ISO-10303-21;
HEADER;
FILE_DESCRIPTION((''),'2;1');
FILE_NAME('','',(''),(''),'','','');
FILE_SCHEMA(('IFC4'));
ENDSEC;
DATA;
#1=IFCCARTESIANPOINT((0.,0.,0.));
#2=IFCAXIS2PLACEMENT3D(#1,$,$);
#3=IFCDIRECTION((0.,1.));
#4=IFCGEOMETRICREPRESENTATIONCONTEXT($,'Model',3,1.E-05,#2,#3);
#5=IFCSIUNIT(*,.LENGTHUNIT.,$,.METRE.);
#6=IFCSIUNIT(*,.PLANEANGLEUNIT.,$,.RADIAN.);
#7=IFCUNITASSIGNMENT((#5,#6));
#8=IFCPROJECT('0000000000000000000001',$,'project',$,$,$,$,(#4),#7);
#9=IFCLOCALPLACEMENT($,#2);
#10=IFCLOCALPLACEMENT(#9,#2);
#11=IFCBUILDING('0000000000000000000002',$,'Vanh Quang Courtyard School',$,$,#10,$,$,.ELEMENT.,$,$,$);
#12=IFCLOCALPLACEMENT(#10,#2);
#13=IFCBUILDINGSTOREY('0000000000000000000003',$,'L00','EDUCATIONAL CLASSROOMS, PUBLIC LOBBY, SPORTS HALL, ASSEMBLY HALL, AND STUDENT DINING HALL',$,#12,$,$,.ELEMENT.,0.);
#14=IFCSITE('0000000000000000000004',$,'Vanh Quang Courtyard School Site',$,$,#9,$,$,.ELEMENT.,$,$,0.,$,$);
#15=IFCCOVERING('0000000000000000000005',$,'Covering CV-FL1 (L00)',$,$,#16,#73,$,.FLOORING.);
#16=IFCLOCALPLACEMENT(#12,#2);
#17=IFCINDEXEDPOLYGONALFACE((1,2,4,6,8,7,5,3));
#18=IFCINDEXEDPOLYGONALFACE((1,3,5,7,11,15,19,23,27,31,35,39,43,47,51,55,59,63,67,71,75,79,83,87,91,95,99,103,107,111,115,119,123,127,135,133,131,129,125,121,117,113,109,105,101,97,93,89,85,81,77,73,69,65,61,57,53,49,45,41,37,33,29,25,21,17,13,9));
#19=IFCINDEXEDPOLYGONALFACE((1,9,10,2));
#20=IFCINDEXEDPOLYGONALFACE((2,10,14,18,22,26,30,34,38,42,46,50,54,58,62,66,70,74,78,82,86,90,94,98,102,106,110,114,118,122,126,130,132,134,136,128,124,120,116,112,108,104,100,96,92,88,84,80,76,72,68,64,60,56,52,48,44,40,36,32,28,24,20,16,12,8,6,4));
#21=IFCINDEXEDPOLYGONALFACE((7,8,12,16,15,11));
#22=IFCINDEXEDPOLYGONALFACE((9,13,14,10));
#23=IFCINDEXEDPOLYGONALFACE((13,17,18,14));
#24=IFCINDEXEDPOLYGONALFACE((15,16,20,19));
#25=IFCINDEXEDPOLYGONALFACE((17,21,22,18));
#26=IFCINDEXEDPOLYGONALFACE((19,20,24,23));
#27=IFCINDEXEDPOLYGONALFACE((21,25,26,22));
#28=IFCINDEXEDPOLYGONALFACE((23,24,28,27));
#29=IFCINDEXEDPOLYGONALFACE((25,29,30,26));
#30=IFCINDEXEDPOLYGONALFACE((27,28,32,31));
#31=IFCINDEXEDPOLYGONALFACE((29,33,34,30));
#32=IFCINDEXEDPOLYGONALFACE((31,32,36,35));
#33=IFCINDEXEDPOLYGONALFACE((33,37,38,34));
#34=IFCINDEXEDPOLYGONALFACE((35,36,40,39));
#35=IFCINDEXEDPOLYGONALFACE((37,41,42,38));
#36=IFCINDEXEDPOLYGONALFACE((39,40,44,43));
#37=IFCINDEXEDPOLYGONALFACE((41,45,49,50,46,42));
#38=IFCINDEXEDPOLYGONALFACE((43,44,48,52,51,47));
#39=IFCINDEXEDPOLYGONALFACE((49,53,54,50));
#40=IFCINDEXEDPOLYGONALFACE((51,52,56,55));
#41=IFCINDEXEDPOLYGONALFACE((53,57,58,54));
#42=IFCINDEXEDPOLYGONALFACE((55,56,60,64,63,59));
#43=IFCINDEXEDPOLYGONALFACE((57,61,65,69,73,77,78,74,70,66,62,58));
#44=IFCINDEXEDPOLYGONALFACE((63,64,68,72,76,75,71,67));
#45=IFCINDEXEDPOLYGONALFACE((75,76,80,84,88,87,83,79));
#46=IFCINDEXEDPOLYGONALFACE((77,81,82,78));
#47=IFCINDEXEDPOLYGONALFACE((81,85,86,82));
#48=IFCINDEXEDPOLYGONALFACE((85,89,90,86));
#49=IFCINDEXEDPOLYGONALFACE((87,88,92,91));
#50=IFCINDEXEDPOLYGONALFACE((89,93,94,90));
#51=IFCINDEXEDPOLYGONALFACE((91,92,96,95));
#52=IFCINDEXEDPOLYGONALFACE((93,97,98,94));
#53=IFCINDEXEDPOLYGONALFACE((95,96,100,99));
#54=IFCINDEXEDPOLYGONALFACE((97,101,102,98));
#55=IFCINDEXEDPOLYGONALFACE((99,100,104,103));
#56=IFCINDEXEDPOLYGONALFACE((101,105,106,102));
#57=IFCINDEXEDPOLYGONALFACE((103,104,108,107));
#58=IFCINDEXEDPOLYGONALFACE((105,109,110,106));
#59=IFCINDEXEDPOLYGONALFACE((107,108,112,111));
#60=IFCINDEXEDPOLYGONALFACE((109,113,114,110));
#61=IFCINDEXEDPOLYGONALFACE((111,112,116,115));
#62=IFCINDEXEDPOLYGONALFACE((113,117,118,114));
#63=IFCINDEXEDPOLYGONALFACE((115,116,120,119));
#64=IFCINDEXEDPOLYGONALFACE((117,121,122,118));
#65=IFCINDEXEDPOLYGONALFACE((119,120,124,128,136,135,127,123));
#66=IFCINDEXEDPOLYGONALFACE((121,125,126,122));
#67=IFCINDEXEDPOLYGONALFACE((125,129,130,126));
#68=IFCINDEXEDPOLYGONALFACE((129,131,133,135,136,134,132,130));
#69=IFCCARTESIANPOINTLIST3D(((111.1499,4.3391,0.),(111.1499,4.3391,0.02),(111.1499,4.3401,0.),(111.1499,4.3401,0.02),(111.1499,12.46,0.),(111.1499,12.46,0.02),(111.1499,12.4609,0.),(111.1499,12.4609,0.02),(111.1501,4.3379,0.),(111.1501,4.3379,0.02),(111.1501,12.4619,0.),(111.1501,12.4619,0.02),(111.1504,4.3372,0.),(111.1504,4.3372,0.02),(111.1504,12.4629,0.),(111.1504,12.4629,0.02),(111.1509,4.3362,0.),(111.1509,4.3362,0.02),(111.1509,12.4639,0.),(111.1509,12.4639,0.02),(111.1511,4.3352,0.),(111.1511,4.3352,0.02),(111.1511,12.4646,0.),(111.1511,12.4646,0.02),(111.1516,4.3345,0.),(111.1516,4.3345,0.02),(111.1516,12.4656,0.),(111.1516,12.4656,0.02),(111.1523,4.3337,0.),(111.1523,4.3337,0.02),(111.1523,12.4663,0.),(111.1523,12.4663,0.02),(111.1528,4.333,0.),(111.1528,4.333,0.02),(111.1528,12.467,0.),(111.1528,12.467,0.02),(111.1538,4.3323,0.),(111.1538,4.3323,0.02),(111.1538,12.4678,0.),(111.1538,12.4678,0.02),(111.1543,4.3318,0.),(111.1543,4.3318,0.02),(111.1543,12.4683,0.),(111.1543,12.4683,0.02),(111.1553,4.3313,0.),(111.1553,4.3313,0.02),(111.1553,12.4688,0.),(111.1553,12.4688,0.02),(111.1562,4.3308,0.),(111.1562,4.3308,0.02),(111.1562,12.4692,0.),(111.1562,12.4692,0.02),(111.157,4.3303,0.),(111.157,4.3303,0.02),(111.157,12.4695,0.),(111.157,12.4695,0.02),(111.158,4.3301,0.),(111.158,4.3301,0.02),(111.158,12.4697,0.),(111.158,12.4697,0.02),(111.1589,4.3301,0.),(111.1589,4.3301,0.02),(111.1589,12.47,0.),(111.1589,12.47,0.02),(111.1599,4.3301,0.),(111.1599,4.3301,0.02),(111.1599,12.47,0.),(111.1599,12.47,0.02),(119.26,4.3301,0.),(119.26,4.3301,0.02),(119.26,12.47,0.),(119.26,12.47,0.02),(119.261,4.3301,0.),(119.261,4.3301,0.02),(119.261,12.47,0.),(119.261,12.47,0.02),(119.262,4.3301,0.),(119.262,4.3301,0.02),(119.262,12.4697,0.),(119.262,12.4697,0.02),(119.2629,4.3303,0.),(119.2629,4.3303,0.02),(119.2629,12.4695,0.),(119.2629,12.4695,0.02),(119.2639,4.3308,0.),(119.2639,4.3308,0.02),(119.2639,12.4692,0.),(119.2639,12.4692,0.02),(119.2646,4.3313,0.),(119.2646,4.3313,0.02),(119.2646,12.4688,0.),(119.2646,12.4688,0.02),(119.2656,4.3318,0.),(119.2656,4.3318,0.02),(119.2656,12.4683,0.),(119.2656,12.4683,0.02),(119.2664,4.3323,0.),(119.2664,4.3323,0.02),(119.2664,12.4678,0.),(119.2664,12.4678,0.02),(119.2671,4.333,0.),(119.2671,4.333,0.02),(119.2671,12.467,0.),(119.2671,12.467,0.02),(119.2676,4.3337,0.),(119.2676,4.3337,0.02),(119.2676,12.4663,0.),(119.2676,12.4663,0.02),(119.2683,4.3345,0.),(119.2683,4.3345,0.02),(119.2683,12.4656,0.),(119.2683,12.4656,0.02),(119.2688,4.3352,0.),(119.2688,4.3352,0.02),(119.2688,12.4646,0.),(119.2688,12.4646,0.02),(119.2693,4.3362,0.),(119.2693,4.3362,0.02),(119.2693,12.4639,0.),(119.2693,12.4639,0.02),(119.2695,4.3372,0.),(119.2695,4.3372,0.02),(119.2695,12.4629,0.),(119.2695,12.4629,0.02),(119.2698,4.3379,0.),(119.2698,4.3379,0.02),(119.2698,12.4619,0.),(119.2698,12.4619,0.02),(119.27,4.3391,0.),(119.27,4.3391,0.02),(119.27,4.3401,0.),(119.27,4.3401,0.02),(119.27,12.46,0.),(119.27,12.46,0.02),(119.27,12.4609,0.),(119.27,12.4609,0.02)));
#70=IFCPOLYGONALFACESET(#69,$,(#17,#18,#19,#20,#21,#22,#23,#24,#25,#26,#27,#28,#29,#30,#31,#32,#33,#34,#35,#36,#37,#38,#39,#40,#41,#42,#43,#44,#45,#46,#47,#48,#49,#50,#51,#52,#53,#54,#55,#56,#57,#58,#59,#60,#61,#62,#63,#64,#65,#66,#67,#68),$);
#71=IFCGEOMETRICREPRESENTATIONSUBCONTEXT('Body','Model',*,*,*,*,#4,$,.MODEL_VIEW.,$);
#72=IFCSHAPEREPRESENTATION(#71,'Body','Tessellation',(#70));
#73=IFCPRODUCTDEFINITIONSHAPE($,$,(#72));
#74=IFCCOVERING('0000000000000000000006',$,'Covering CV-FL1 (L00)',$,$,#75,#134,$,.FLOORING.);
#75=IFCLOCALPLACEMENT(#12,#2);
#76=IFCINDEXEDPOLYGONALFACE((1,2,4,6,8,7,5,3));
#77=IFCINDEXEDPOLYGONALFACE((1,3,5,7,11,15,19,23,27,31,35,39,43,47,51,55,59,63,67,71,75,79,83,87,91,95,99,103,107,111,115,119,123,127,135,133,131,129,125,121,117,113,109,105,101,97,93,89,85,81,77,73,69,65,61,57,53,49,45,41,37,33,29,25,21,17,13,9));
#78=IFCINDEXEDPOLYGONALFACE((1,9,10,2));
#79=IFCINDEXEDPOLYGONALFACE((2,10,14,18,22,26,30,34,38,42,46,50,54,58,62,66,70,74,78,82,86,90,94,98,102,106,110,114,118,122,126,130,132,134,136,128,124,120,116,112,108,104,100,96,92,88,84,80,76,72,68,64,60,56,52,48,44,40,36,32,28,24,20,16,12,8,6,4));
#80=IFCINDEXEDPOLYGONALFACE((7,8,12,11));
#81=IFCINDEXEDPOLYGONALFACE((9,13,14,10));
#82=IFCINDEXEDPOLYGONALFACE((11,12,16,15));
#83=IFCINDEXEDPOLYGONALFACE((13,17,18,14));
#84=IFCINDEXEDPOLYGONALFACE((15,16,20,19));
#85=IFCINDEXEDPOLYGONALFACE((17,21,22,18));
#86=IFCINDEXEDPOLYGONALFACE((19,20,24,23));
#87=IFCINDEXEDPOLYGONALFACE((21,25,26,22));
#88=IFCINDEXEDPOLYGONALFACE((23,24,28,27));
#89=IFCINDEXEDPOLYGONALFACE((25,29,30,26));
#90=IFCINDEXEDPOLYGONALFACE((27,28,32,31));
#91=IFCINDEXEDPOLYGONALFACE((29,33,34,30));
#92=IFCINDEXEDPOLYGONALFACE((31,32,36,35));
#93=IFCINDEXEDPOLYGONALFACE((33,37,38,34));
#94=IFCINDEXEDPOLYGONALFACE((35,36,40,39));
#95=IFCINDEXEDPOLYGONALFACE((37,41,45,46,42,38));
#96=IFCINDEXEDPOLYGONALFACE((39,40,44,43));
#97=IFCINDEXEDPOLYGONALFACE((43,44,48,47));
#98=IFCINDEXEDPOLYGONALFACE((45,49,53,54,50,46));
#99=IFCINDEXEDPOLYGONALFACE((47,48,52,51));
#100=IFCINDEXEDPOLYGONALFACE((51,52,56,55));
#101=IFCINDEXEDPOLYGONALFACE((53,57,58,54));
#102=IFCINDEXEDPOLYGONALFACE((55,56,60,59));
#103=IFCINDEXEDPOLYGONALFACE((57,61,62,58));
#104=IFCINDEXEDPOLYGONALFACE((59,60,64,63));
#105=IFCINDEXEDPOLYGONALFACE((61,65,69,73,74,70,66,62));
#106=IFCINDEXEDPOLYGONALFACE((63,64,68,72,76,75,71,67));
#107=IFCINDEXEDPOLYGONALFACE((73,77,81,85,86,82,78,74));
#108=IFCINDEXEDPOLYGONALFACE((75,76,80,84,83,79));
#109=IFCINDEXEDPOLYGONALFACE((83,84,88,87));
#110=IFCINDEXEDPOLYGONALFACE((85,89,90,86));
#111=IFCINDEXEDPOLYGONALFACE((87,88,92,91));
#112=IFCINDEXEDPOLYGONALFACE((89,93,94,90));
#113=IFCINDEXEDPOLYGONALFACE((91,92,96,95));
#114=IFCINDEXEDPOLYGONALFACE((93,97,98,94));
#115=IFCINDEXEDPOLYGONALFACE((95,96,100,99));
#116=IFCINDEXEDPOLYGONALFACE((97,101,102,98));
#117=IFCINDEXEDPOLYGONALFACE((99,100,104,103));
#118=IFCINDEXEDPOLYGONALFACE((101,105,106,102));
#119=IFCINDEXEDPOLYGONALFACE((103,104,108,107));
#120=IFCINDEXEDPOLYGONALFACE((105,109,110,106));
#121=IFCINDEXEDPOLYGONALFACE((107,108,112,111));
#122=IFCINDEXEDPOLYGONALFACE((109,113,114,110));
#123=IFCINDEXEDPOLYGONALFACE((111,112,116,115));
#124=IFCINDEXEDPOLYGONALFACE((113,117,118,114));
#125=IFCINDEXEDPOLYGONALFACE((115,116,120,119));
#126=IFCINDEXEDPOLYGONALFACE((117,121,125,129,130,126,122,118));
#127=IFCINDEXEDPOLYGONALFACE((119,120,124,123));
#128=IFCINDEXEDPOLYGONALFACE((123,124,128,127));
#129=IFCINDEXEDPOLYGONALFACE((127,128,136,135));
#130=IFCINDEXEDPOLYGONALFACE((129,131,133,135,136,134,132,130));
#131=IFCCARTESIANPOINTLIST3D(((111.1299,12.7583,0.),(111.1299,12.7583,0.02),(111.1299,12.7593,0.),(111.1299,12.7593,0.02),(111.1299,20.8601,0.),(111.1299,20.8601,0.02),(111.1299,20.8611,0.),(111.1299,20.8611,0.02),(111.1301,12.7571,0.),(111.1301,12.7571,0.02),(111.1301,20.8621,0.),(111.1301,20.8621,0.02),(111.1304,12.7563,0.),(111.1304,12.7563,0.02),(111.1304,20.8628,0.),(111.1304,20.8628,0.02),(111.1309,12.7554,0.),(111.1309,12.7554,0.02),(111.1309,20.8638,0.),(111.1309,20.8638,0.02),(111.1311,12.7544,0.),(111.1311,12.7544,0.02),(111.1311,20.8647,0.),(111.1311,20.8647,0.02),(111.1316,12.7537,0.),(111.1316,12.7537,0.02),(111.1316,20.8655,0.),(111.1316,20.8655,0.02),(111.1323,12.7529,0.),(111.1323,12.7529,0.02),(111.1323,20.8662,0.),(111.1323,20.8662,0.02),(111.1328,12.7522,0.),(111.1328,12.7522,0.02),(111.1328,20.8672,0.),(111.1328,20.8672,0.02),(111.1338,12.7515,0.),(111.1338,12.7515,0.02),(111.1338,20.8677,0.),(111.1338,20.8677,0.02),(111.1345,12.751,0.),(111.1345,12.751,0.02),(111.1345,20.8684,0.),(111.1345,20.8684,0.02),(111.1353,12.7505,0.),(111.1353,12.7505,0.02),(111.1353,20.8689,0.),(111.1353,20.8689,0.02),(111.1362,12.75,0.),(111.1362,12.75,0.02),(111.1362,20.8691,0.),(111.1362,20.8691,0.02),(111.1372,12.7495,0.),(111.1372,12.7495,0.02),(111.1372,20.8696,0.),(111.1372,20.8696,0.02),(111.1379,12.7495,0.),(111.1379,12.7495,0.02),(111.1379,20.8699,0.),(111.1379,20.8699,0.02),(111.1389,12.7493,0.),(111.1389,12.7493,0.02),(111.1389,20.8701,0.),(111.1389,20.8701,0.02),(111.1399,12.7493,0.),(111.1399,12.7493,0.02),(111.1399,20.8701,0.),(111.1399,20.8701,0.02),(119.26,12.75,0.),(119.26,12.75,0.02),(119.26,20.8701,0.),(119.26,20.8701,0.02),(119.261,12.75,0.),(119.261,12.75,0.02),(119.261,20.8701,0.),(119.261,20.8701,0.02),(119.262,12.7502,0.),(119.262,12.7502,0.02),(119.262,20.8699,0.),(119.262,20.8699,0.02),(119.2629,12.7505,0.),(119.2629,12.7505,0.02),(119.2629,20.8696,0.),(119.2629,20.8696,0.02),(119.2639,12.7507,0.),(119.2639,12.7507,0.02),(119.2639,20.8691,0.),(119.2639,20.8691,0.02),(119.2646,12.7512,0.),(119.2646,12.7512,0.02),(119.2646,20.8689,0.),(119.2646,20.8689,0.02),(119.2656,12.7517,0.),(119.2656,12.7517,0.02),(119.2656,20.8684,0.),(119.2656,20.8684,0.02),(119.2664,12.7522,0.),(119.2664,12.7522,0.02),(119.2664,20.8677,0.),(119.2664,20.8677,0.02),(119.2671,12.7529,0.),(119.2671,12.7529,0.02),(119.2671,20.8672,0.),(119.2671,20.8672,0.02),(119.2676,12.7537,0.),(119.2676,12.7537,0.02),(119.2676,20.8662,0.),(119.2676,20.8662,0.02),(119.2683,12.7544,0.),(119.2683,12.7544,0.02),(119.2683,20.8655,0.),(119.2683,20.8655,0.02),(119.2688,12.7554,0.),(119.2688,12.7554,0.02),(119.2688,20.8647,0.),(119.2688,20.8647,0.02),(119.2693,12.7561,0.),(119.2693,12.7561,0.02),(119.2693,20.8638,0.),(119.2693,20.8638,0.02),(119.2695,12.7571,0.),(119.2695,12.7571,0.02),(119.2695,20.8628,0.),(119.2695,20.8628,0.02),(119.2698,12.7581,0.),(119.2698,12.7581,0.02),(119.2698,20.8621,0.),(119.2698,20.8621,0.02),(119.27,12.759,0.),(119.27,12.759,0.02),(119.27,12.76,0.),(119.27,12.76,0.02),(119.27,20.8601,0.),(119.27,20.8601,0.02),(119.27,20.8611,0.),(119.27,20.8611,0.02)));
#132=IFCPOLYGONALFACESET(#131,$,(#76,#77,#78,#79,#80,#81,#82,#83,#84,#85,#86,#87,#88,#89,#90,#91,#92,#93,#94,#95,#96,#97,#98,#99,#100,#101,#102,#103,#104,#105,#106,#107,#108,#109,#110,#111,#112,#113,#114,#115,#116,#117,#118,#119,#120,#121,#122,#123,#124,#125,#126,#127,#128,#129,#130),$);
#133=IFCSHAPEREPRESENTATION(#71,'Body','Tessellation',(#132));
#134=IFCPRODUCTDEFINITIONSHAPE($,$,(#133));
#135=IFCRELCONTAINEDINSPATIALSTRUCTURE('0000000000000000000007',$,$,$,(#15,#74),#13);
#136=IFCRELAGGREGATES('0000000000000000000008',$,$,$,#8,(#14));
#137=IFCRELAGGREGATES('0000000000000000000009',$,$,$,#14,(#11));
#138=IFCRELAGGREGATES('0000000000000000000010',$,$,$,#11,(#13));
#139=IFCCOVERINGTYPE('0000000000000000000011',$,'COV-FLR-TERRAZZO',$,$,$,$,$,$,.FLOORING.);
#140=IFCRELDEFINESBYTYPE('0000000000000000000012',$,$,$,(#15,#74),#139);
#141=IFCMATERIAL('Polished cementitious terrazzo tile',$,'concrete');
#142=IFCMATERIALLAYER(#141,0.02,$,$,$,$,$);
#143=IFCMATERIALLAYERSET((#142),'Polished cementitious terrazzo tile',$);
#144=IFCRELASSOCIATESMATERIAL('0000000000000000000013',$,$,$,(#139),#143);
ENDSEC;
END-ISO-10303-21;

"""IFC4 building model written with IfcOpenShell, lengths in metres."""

from ifc_helpers import new_model, si_unit, direction, origin, place, context, subcontext, project, spatial, polyline, outline, extrude, material, layer, layer_set, type_object, element, save


model = new_model("IFC4")

# Units and contexts
model_context = context("Model", 3, precision=1e-05, world=origin(), true_north=direction((0.0, 1.0)))
body_context = subcontext(model_context, "Body", "Model", "MODEL_VIEW")
ifc_project = project(units=[si_unit("LENGTHUNIT", "METRE"), si_unit("PLANEANGLEUNIT", "RADIAN")], contexts=[model_context])

# Site, building, storey
site_placement = place(None, origin())
site = spatial("IfcSite", under=ifc_project, at=site_placement, Name="Vanh Quang Courtyard School Site", CompositionType="ELEMENT", RefElevation=0.0)
building_placement = place(site_placement, origin())
building = spatial("IfcBuilding", under=site, at=building_placement, Name="Vanh Quang Courtyard School", CompositionType="ELEMENT")
storey_placement = place(building_placement, origin())
storey = spatial("IfcBuildingStorey", under=building, at=storey_placement, Name="L00", Description="EDUCATIONAL CLASSROOMS, PUBLIC LOBBY, SPORTS HALL, ASSEMBLY HALL, AND STUDENT DINING HALL", CompositionType="ELEMENT", Elevation=0.0)

# Coverings
ifc_material_1 = material(Name="Polished cementitious terrazzo tile", Category="concrete")
ifc_layer_1 = layer(ifc_material_1, 0.02)
ifc_layer_set_1 = layer_set([ifc_layer_1], Name="Polished cementitious terrazzo tile")
covering_type_1 = type_object("IfcCoveringType", Name="COV-FLR-TERRAZZO", PredefinedType="FLOORING", material=ifc_layer_set_1)
covering_1_placement = place(storey_placement, origin())
element("IfcCovering", 1, at=covering_1_placement, inside=storey, type_object=covering_type_1, Name="Covering CV-FL1 (L00)", PredefinedType="FLOORING", context=body_context, shape_type="SweptSolid", body=[
    extrude(outline(polyline([(111.1599, 4.3301), (111.1589, 4.3301), (111.158, 4.3301), (111.157, 4.3303), (111.1562, 4.3308), (111.1553, 4.3313), (111.1543, 4.3318), (111.1538, 4.3323), (111.1528, 4.333), (111.1523, 4.3337), (111.1516, 4.3345), (111.1511, 4.3352), (111.1509, 4.3362), (111.1504, 4.3372), (111.1501, 4.3379), (111.1499, 4.3391), (111.1499, 4.3401), (111.1499, 12.46), (111.1499, 12.4609), (111.1501, 12.4619), (111.1504, 12.4629), (111.1509, 12.4639), (111.1511, 12.4646), (111.1516, 12.4656), (111.1523, 12.4663), (111.1528, 12.467), (111.1538, 12.4678), (111.1543, 12.4683), (111.1553, 12.4688), (111.1562, 12.4692), (111.157, 12.4695), (111.158, 12.4697), (111.1589, 12.47), (111.1599, 12.47), (119.26, 12.47), (119.261, 12.47), (119.262, 12.4697), (119.2629, 12.4695), (119.2639, 12.4692), (119.2646, 12.4688), (119.2656, 12.4683), (119.2664, 12.4678), (119.2671, 12.467), (119.2676, 12.4663), (119.2683, 12.4656), (119.2688, 12.4646), (119.2693, 12.4639), (119.2695, 12.4629), (119.2698, 12.4619), (119.27, 12.4609), (119.27, 12.46), (119.27, 4.3401), (119.27, 4.3391), (119.2698, 4.3379), (119.2695, 4.3372), (119.2693, 4.3362), (119.2688, 4.3352), (119.2683, 4.3345), (119.2676, 4.3337), (119.2671, 4.333), (119.2664, 4.3323), (119.2656, 4.3318), (119.2646, 4.3313), (119.2639, 4.3308), (119.2629, 4.3303), (119.262, 4.3301), (119.261, 4.3301), (119.26, 4.3301), (111.1599, 4.3301)])), origin(), (0.0, 0.0, 1.0), 0.02),
])
covering_2_placement = place(storey_placement, origin())
element("IfcCovering", 2, at=covering_2_placement, inside=storey, type_object=covering_type_1, Name="Covering CV-FL1 (L00)", PredefinedType="FLOORING", context=body_context, shape_type="SweptSolid", body=[
    extrude(outline(polyline([(111.1399, 12.7493), (111.1389, 12.7493), (111.1379, 12.7495), (111.1372, 12.7495), (111.1362, 12.75), (111.1353, 12.7505), (111.1345, 12.751), (111.1338, 12.7515), (111.1328, 12.7522), (111.1323, 12.7529), (111.1316, 12.7537), (111.1311, 12.7544), (111.1309, 12.7554), (111.1304, 12.7563), (111.1301, 12.7571), (111.1299, 12.7583), (111.1299, 12.7593), (111.1299, 20.8601), (111.1299, 20.8611), (111.1301, 20.8621), (111.1304, 20.8628), (111.1309, 20.8638), (111.1311, 20.8647), (111.1316, 20.8655), (111.1323, 20.8662), (111.1328, 20.8672), (111.1338, 20.8677), (111.1345, 20.8684), (111.1353, 20.8689), (111.1362, 20.8691), (111.1372, 20.8696), (111.1379, 20.8699), (111.1389, 20.8701), (111.1399, 20.8701), (119.26, 20.8701), (119.261, 20.8701), (119.262, 20.8699), (119.2629, 20.8696), (119.2639, 20.8691), (119.2646, 20.8689), (119.2656, 20.8684), (119.2664, 20.8677), (119.2671, 20.8672), (119.2676, 20.8662), (119.2683, 20.8655), (119.2688, 20.8647), (119.2693, 20.8638), (119.2695, 20.8628), (119.2698, 20.8621), (119.27, 20.8611), (119.27, 20.8601), (119.27, 12.76), (119.27, 12.759), (119.2698, 12.7581), (119.2695, 12.7571), (119.2693, 12.7561), (119.2688, 12.7554), (119.2683, 12.7544), (119.2676, 12.7537), (119.2671, 12.7529), (119.2664, 12.7522), (119.2656, 12.7517), (119.2646, 12.7512), (119.2639, 12.7507), (119.2629, 12.7505), (119.262, 12.7502), (119.261, 12.75), (119.26, 12.75), (111.1399, 12.7493)])), origin(), (0.0, 0.0, 1.0), 0.02),
])

save(model, "model.ifc")
